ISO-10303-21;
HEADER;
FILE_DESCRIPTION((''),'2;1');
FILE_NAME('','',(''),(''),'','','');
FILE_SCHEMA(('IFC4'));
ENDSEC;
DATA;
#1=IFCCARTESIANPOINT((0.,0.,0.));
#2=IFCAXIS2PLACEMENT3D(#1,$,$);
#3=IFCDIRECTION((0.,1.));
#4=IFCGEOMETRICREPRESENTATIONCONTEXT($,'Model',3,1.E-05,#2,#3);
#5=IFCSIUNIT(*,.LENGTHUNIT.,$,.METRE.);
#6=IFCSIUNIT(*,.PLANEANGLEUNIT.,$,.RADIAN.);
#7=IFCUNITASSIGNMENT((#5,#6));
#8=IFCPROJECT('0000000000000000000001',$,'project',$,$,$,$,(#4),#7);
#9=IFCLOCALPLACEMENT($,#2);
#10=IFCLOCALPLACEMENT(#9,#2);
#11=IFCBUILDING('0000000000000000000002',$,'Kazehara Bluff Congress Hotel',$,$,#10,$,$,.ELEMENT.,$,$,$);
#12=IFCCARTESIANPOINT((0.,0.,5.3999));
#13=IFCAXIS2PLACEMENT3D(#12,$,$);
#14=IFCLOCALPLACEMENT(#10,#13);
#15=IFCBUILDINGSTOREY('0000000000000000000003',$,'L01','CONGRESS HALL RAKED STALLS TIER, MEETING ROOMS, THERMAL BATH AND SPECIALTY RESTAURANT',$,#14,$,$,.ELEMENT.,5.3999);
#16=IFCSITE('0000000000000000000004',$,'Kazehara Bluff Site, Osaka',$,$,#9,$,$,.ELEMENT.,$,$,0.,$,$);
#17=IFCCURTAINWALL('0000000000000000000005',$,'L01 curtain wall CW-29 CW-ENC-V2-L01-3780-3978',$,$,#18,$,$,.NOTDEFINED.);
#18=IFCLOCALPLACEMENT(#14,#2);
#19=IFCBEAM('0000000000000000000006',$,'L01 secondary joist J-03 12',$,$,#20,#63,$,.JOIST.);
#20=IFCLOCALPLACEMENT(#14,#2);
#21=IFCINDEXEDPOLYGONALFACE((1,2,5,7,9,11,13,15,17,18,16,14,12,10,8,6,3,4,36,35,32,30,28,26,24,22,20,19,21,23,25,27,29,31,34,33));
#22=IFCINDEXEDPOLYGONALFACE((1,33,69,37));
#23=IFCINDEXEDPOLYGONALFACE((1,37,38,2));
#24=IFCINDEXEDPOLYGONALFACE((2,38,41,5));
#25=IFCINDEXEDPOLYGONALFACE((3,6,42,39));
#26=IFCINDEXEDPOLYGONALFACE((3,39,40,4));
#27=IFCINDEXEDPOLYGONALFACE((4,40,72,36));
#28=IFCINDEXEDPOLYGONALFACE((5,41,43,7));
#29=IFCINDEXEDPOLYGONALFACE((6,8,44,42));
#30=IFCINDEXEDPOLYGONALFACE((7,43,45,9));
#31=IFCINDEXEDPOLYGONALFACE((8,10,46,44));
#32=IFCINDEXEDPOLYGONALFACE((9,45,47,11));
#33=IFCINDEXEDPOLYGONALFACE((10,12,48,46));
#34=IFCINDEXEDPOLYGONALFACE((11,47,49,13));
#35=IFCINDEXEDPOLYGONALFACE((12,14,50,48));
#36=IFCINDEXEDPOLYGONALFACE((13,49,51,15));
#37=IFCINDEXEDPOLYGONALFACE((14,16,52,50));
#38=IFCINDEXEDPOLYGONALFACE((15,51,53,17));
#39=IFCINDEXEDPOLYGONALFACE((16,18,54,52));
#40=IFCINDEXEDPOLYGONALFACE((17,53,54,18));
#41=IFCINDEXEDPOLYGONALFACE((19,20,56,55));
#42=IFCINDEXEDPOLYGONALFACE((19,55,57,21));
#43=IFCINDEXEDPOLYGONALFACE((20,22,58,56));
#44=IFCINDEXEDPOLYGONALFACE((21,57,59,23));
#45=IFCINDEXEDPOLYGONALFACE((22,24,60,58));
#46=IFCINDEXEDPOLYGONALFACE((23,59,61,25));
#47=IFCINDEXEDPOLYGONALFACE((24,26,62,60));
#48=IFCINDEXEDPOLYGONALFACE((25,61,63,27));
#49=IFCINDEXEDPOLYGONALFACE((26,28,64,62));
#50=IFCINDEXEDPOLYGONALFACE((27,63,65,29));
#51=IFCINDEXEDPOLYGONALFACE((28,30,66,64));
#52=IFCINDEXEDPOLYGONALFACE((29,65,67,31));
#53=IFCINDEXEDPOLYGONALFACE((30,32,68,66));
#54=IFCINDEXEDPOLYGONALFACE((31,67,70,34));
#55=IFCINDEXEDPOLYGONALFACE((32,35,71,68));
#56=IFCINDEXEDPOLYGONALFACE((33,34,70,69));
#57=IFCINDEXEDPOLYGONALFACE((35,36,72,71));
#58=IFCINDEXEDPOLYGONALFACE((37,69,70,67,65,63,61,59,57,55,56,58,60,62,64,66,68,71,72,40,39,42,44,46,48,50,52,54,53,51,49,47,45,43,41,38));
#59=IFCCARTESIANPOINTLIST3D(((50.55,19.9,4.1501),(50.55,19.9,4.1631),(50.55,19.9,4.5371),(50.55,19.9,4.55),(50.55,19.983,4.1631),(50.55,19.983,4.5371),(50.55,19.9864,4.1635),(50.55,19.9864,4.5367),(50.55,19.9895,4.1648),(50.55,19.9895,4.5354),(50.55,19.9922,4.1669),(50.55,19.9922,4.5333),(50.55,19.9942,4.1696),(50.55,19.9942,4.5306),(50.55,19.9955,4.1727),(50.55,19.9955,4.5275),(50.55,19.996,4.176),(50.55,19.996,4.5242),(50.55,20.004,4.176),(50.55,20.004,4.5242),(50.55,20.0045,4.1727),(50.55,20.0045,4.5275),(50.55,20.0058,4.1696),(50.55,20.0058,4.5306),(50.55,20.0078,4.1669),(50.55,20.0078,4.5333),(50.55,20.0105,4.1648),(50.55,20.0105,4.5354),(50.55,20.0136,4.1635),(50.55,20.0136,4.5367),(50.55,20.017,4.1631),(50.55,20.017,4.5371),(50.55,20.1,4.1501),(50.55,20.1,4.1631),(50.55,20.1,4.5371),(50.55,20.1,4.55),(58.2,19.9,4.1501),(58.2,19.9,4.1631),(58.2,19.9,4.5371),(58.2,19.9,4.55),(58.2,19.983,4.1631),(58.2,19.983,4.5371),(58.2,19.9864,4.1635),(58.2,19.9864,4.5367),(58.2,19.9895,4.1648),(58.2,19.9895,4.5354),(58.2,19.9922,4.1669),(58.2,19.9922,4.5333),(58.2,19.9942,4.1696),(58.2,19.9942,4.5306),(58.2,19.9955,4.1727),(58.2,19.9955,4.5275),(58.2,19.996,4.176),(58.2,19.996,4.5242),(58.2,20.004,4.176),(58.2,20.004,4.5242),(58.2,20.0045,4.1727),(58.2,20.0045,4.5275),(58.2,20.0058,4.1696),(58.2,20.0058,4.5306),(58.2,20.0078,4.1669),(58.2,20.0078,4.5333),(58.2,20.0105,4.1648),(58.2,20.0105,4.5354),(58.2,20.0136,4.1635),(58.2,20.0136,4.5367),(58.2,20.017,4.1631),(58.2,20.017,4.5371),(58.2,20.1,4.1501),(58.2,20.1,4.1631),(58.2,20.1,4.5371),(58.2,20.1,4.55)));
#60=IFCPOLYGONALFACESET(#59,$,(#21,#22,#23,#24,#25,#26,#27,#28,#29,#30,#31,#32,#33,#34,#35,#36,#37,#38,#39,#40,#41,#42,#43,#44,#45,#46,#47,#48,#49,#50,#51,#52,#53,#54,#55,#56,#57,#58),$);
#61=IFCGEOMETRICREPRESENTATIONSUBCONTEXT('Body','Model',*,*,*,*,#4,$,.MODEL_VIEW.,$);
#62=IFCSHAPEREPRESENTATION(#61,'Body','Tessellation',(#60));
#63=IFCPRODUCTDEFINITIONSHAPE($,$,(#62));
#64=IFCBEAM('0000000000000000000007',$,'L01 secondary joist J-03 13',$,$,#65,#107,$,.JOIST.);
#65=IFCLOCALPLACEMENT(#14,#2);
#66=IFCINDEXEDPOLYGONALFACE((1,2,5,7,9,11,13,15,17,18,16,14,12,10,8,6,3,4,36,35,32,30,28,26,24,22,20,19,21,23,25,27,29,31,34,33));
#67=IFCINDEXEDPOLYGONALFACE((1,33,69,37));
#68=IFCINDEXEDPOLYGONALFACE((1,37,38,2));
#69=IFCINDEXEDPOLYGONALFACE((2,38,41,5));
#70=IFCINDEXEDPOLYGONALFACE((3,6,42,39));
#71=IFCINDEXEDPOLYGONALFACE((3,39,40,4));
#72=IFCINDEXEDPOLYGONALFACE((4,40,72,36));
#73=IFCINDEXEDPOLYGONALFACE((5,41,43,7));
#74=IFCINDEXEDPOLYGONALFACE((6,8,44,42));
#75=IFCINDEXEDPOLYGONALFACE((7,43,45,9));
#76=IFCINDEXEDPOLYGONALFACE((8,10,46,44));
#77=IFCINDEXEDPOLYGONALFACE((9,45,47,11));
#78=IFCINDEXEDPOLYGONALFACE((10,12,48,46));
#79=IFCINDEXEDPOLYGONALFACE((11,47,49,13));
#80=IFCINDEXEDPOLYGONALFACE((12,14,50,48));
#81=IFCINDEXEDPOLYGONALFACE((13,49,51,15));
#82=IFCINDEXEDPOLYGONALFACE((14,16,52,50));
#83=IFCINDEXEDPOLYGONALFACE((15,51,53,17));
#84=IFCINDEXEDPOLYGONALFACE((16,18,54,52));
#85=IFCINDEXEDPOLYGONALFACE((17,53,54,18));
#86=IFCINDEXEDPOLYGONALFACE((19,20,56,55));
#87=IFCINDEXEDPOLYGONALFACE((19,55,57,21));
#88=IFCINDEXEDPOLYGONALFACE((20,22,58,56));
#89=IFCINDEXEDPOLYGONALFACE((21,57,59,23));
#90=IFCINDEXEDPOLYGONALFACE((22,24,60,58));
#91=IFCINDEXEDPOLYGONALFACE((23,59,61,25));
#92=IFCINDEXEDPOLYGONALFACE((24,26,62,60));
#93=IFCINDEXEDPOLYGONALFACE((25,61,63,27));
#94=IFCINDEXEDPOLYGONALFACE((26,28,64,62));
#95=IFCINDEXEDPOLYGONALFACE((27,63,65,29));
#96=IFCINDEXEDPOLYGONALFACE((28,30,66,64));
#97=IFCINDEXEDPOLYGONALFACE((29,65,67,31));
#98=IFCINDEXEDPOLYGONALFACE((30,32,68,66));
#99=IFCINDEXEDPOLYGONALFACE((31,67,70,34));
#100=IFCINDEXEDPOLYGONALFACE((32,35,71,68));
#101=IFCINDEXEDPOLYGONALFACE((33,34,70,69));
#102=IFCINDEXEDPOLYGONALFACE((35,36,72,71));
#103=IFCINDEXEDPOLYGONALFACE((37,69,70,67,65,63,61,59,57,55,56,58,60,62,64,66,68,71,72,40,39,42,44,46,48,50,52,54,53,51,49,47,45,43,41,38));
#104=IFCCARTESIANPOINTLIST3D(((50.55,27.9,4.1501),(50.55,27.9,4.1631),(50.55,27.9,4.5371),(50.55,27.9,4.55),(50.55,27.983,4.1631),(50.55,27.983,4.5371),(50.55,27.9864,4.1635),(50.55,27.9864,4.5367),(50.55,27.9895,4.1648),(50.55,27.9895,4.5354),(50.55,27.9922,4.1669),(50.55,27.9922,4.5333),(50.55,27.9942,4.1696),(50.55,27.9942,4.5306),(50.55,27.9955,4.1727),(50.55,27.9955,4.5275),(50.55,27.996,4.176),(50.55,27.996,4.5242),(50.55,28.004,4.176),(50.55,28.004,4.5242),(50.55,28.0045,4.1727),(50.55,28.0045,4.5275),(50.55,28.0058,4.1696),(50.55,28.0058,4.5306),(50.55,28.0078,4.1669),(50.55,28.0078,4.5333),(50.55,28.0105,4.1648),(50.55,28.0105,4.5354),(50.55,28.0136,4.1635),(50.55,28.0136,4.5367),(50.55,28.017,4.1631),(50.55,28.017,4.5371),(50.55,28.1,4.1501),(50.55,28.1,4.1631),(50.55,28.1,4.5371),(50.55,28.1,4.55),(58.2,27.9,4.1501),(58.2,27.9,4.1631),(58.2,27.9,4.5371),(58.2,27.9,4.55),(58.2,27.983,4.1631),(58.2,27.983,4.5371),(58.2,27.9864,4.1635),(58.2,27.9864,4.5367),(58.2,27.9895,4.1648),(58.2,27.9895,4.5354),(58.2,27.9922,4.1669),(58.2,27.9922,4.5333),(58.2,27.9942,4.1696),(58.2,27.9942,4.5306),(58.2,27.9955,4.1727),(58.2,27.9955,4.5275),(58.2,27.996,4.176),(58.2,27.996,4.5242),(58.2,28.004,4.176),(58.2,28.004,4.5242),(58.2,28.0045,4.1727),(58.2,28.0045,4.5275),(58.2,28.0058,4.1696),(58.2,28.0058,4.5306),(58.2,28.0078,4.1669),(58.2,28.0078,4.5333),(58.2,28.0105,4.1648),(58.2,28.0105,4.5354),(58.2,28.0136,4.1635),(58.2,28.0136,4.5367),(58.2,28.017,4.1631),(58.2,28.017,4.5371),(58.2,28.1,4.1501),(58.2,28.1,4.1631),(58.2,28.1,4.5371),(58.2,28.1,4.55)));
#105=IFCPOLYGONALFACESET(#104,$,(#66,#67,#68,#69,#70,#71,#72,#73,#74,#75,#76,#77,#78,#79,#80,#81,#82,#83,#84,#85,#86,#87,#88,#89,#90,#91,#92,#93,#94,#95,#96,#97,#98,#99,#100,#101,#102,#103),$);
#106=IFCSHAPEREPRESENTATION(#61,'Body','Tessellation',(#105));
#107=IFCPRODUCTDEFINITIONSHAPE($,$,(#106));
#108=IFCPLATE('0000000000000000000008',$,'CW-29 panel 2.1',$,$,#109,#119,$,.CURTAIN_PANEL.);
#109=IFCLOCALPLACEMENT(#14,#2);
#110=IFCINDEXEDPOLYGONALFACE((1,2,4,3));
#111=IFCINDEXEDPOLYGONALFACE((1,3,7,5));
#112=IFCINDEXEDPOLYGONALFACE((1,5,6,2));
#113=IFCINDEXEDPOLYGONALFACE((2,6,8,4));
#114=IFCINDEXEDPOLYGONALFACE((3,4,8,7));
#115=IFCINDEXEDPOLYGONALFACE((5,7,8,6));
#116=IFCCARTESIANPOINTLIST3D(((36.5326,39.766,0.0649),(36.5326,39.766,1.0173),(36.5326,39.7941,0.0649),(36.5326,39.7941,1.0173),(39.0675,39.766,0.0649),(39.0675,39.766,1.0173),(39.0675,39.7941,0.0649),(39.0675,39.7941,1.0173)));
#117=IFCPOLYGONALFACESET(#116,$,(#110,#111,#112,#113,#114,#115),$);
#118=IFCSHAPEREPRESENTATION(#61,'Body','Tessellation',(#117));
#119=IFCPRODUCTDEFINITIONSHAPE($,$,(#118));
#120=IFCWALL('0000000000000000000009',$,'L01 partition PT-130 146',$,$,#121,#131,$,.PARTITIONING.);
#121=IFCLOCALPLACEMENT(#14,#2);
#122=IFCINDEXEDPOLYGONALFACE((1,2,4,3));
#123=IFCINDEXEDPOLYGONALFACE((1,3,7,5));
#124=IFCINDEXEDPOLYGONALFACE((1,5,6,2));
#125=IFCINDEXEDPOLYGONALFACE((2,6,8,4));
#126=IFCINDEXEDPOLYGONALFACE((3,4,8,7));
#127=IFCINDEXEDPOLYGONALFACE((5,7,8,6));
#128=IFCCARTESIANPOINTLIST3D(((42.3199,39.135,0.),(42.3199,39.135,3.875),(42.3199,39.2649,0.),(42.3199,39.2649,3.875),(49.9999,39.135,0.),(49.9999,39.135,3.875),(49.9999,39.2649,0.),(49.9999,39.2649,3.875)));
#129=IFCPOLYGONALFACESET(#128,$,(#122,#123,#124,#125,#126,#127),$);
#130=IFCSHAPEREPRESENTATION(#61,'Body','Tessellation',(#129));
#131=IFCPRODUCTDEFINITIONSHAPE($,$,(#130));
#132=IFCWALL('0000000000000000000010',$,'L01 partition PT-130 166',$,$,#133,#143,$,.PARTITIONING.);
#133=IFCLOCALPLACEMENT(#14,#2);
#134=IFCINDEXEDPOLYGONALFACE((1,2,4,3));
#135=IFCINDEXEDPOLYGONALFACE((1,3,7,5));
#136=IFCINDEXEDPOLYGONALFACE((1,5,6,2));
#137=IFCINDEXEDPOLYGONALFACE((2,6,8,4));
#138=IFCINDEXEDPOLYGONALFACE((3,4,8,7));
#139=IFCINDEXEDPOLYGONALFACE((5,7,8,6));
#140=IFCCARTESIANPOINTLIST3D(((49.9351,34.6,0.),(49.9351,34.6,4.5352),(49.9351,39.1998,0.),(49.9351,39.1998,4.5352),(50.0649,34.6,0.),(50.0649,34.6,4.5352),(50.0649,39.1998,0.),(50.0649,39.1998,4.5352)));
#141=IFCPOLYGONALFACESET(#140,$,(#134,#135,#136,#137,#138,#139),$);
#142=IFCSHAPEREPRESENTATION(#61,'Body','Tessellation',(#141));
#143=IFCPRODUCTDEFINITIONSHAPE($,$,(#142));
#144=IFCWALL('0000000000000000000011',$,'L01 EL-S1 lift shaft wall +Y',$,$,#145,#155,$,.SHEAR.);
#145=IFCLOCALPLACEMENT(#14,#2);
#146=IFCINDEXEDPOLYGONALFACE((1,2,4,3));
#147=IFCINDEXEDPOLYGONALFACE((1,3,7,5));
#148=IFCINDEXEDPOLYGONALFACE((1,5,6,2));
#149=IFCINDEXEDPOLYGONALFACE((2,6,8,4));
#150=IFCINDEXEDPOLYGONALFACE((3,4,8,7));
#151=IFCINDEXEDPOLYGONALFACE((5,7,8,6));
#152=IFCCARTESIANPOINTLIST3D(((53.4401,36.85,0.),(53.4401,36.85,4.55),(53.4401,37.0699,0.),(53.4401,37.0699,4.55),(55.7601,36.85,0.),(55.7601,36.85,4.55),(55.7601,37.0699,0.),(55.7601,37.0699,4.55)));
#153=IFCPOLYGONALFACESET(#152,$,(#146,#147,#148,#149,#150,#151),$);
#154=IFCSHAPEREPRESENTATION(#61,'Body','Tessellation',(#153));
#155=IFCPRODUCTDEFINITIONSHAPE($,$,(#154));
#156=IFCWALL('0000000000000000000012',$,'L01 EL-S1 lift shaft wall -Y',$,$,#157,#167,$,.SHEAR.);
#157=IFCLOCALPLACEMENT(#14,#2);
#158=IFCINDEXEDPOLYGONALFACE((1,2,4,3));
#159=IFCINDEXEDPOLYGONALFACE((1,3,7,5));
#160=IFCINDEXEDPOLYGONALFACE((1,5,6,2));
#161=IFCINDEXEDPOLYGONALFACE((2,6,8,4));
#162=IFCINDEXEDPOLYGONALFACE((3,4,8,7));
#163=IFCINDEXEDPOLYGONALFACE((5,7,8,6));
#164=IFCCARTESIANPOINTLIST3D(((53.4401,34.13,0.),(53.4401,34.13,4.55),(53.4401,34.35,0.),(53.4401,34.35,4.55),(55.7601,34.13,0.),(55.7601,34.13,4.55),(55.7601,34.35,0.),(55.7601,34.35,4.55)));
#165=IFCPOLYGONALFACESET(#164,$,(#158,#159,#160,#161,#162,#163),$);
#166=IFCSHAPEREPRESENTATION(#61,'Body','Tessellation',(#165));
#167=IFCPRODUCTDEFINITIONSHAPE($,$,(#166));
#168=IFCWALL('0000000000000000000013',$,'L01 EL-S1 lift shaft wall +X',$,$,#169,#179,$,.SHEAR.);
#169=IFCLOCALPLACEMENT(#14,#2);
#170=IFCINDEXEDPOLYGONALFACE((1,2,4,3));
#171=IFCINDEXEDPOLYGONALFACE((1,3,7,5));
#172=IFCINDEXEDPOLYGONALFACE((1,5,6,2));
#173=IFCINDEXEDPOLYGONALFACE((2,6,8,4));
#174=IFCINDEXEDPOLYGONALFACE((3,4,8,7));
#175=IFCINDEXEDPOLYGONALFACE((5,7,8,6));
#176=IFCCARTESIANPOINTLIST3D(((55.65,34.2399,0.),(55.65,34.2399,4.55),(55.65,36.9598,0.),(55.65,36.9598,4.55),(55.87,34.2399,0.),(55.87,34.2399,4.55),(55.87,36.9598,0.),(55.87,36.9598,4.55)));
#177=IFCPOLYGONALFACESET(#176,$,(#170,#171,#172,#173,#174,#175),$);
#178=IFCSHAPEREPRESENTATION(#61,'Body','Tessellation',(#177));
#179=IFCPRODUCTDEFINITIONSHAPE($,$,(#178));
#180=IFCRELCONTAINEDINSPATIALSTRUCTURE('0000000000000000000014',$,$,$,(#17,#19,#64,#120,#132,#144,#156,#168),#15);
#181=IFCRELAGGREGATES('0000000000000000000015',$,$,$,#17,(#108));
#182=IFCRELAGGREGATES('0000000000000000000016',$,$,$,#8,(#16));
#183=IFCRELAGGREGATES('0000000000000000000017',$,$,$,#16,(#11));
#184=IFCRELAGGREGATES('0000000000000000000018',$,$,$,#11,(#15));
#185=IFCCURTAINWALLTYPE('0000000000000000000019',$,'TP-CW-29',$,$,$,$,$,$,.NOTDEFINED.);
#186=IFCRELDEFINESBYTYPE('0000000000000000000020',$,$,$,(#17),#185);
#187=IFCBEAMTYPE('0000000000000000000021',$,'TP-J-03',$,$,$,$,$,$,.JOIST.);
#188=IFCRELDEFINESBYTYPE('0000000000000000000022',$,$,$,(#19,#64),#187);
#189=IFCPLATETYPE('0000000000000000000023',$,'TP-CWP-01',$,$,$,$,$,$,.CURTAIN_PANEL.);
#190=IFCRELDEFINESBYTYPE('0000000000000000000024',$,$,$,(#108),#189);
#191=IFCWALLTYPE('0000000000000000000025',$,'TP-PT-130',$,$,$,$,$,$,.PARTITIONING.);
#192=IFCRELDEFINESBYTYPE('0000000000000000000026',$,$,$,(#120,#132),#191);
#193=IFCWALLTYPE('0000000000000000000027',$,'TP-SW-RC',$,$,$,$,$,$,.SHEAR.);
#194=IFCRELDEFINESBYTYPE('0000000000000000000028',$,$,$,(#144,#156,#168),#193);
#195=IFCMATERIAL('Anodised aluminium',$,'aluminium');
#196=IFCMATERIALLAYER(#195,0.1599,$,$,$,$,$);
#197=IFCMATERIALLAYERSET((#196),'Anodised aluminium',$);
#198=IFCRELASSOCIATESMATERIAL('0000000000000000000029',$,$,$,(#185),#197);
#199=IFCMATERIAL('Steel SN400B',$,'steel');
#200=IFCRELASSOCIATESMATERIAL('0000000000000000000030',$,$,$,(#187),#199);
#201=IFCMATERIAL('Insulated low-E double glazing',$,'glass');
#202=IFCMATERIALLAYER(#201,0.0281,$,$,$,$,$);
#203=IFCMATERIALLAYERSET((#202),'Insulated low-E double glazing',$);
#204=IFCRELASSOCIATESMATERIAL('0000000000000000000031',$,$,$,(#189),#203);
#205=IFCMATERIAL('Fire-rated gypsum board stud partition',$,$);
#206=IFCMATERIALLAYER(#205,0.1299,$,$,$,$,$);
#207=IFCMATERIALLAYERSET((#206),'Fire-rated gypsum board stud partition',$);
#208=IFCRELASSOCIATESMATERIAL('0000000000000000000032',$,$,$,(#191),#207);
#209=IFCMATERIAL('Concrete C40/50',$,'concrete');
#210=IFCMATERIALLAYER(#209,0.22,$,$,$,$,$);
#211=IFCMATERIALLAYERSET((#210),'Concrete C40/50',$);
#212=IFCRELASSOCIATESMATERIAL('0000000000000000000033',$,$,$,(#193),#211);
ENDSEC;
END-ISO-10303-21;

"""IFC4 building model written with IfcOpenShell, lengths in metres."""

from ifc_helpers import new_model, si_unit, direction, frame, frame_2d, origin, origin_2d, place, context, subcontext, project, spatial, rectangle, i_section, extrude, material, layer, layer_set, material_profile, profile_set, type_object, element, aggregate, save


model = new_model("IFC4")

# Units and contexts
model_context = context("Model", 3, precision=1e-05, world=origin(), true_north=direction((0.0, 1.0)))
body_context = subcontext(model_context, "Body", "Model", "MODEL_VIEW")
ifc_project = project(units=[si_unit("LENGTHUNIT", "METRE"), si_unit("PLANEANGLEUNIT", "RADIAN")], contexts=[model_context])

# Site, building, storey
site_placement = place(None, origin())
site = spatial("IfcSite", under=ifc_project, at=site_placement, Name="Kazehara Bluff Site, Osaka", CompositionType="ELEMENT", RefElevation=0.0)
building_placement = place(site_placement, origin())
building = spatial("IfcBuilding", under=site, at=building_placement, Name="Kazehara Bluff Congress Hotel", CompositionType="ELEMENT")
storey_placement = place(building_placement, frame((0.0, 0.0, 5.3999)))
storey = spatial("IfcBuildingStorey", under=building, at=storey_placement, Name="L01", Description="CONGRESS HALL RAKED STALLS TIER, MEETING ROOMS, THERMAL BATH AND SPECIALTY RESTAURANT", CompositionType="ELEMENT", Elevation=5.3999)

# Curtain wall
ifc_material_1 = material(Name="Anodised aluminium", Category="aluminium")
ifc_layer_1 = layer(ifc_material_1, 0.1599)
ifc_layer_set_1 = layer_set([ifc_layer_1], Name="Anodised aluminium")
curtain_wall_type_1 = type_object("IfcCurtainWallType", Name="TP-CW-29", PredefinedType="NOTDEFINED", material=ifc_layer_set_1)
curtain_wall_1_placement = place(storey_placement, origin())
curtain_wall_1 = element("IfcCurtainWall", 1, at=curtain_wall_1_placement, inside=storey, type_object=curtain_wall_type_1, Name="L01 curtain wall CW-29 CW-ENC-V2-L01-3780-3978", PredefinedType="NOTDEFINED")

# Beams
ifc_material_2 = material(Name="Steel SN400B", Category="steel")
ifc_material_profile_1 = material_profile(ifc_material_2, i_section(OverallWidth=0.2, OverallDepth=0.3999, WebThickness=0.0081, FlangeThickness=0.0129, FilletRadius=0.0129, at=origin_2d()))
ifc_profile_set_1 = profile_set([ifc_material_profile_1], Name="Steel SN400B")
beam_type_1 = type_object("IfcBeamType", Name="TP-J-03", PredefinedType="JOIST", material=ifc_profile_set_1)
for number, where, z_axis, x_axis, name in (
    (2, (50.55, 20.0, 4.3501), (1.0, 0.0, 0.0), (0.0, 1.0, 0.0), "L01 secondary joist J-03 12"),
    (3, (50.55, 28.0, 4.3501), (1.0, 0.0, 0.0), (0.0, 1.0, 0.0), "L01 secondary joist J-03 13"),
):
    element("IfcBeam", number, at=place(storey_placement, frame(where, z_axis=z_axis, x_axis=x_axis)), inside=storey, type_object=beam_type_1, Name=name, PredefinedType="JOIST", context=body_context, shape_type="SweptSolid", body=[
        extrude(i_section(OverallWidth=0.2, OverallDepth=0.3999, WebThickness=0.0081, FlangeThickness=0.0129, FilletRadius=0.0129, at=origin_2d()), origin(), (0.0, 0.0, 1.0), 7.6499),
    ])

# Plate
ifc_material_3 = material(Name="Insulated low-E double glazing", Category="glass")
ifc_layer_2 = layer(ifc_material_3, 0.0281)
ifc_layer_set_2 = layer_set([ifc_layer_2], Name="Insulated low-E double glazing")
plate_type = type_object("IfcPlateType", Name="TP-CWP-01", PredefinedType="CURTAIN_PANEL", material=ifc_layer_set_2)
plate_placement = place(storey_placement, frame((37.8, 39.78, 0.0649), z_axis=(0.0, 0.0, 1.0), x_axis=(1.0, 0.0, 0.0)))
plate = element("IfcPlate", 4, at=plate_placement, type_object=plate_type, Name="CW-29 panel 2.1", PredefinedType="CURTAIN_PANEL", context=body_context, shape_type="SweptSolid", body=[
    extrude(rectangle(XDim=2.5349, YDim=0.0281, at=origin_2d()), origin(), (0.0, 0.0, 1.0), 0.9524),
])
aggregate(curtain_wall_1, [plate])

# Walls
ifc_material_4 = material(Name="Fire-rated gypsum board stud partition")
ifc_layer_3 = layer(ifc_material_4, 0.1299)
ifc_layer_set_3 = layer_set([ifc_layer_3], Name="Fire-rated gypsum board stud partition")
wall_type_1 = type_object("IfcWallType", Name="TP-PT-130", PredefinedType="PARTITIONING", material=ifc_layer_set_3)
wall_1_placement = place(storey_placement, frame((42.3201, 39.2, 0.0), z_axis=(0.0, 0.0, 1.0), x_axis=(1.0, 0.0, 0.0)))
element("IfcWall", 5, at=wall_1_placement, inside=storey, type_object=wall_type_1, Name="L01 partition PT-130 146", PredefinedType="PARTITIONING", context=body_context, shape_type="SweptSolid", body=[
    extrude(rectangle(XDim=7.6799, YDim=0.1299, at=frame_2d((3.8398, 0.0))), origin(), (0.0, 0.0, 1.0), 3.875),
])
wall_2_placement = place(storey_placement, frame((50.0, 34.6001, 0.0), z_axis=(0.0, 0.0, 1.0), x_axis=(0.0, 1.0, 0.0)))
element("IfcWall", 6, at=wall_2_placement, inside=storey, type_object=wall_type_1, Name="L01 partition PT-130 166", PredefinedType="PARTITIONING", context=body_context, shape_type="SweptSolid", body=[
    extrude(rectangle(XDim=4.5999, YDim=0.1299, at=frame_2d((2.2998, 0.0))), origin(), (0.0, 0.0, 1.0), 4.5352),
])
ifc_material_5 = material(Name="Concrete C40/50", Category="concrete")
ifc_layer_4 = layer(ifc_material_5, 0.22)
ifc_layer_set_4 = layer_set([ifc_layer_4], Name="Concrete C40/50")
wall_type_2 = type_object("IfcWallType", Name="TP-SW-RC", PredefinedType="SHEAR", material=ifc_layer_set_4)
for number, where, z_axis, x_axis, name in (
    (7, (53.4399, 36.96, 0.0), (0.0, 0.0, 1.0), (1.0, 0.0, 0.0), "L01 EL-S1 lift shaft wall +Y"),
    (8, (53.4399, 34.24, 0.0), (0.0, 0.0, 1.0), (1.0, 0.0, 0.0), "L01 EL-S1 lift shaft wall -Y"),
):
    element("IfcWall", number, at=place(storey_placement, frame(where, z_axis=z_axis, x_axis=x_axis)), inside=storey, type_object=wall_type_2, Name=name, PredefinedType="SHEAR", context=body_context, shape_type="SweptSolid", body=[
        extrude(rectangle(XDim=2.3201, YDim=0.22, at=frame_2d((1.1602, 0.0))), origin(), (0.0, 0.0, 1.0), 4.55),
    ])
wall_3_placement = place(storey_placement, frame((55.76, 34.24, 0.0), z_axis=(0.0, 0.0, 1.0), x_axis=(0.0, 1.0, 0.0)))
element("IfcWall", 9, at=wall_3_placement, inside=storey, type_object=wall_type_2, Name="L01 EL-S1 lift shaft wall +X", PredefinedType="SHEAR", context=body_context, shape_type="SweptSolid", body=[
    extrude(rectangle(XDim=2.72, YDim=0.22, at=frame_2d((1.3599, 0.0))), origin(), (0.0, 0.0, 1.0), 4.55),
])

save(model, "model.ifc")
